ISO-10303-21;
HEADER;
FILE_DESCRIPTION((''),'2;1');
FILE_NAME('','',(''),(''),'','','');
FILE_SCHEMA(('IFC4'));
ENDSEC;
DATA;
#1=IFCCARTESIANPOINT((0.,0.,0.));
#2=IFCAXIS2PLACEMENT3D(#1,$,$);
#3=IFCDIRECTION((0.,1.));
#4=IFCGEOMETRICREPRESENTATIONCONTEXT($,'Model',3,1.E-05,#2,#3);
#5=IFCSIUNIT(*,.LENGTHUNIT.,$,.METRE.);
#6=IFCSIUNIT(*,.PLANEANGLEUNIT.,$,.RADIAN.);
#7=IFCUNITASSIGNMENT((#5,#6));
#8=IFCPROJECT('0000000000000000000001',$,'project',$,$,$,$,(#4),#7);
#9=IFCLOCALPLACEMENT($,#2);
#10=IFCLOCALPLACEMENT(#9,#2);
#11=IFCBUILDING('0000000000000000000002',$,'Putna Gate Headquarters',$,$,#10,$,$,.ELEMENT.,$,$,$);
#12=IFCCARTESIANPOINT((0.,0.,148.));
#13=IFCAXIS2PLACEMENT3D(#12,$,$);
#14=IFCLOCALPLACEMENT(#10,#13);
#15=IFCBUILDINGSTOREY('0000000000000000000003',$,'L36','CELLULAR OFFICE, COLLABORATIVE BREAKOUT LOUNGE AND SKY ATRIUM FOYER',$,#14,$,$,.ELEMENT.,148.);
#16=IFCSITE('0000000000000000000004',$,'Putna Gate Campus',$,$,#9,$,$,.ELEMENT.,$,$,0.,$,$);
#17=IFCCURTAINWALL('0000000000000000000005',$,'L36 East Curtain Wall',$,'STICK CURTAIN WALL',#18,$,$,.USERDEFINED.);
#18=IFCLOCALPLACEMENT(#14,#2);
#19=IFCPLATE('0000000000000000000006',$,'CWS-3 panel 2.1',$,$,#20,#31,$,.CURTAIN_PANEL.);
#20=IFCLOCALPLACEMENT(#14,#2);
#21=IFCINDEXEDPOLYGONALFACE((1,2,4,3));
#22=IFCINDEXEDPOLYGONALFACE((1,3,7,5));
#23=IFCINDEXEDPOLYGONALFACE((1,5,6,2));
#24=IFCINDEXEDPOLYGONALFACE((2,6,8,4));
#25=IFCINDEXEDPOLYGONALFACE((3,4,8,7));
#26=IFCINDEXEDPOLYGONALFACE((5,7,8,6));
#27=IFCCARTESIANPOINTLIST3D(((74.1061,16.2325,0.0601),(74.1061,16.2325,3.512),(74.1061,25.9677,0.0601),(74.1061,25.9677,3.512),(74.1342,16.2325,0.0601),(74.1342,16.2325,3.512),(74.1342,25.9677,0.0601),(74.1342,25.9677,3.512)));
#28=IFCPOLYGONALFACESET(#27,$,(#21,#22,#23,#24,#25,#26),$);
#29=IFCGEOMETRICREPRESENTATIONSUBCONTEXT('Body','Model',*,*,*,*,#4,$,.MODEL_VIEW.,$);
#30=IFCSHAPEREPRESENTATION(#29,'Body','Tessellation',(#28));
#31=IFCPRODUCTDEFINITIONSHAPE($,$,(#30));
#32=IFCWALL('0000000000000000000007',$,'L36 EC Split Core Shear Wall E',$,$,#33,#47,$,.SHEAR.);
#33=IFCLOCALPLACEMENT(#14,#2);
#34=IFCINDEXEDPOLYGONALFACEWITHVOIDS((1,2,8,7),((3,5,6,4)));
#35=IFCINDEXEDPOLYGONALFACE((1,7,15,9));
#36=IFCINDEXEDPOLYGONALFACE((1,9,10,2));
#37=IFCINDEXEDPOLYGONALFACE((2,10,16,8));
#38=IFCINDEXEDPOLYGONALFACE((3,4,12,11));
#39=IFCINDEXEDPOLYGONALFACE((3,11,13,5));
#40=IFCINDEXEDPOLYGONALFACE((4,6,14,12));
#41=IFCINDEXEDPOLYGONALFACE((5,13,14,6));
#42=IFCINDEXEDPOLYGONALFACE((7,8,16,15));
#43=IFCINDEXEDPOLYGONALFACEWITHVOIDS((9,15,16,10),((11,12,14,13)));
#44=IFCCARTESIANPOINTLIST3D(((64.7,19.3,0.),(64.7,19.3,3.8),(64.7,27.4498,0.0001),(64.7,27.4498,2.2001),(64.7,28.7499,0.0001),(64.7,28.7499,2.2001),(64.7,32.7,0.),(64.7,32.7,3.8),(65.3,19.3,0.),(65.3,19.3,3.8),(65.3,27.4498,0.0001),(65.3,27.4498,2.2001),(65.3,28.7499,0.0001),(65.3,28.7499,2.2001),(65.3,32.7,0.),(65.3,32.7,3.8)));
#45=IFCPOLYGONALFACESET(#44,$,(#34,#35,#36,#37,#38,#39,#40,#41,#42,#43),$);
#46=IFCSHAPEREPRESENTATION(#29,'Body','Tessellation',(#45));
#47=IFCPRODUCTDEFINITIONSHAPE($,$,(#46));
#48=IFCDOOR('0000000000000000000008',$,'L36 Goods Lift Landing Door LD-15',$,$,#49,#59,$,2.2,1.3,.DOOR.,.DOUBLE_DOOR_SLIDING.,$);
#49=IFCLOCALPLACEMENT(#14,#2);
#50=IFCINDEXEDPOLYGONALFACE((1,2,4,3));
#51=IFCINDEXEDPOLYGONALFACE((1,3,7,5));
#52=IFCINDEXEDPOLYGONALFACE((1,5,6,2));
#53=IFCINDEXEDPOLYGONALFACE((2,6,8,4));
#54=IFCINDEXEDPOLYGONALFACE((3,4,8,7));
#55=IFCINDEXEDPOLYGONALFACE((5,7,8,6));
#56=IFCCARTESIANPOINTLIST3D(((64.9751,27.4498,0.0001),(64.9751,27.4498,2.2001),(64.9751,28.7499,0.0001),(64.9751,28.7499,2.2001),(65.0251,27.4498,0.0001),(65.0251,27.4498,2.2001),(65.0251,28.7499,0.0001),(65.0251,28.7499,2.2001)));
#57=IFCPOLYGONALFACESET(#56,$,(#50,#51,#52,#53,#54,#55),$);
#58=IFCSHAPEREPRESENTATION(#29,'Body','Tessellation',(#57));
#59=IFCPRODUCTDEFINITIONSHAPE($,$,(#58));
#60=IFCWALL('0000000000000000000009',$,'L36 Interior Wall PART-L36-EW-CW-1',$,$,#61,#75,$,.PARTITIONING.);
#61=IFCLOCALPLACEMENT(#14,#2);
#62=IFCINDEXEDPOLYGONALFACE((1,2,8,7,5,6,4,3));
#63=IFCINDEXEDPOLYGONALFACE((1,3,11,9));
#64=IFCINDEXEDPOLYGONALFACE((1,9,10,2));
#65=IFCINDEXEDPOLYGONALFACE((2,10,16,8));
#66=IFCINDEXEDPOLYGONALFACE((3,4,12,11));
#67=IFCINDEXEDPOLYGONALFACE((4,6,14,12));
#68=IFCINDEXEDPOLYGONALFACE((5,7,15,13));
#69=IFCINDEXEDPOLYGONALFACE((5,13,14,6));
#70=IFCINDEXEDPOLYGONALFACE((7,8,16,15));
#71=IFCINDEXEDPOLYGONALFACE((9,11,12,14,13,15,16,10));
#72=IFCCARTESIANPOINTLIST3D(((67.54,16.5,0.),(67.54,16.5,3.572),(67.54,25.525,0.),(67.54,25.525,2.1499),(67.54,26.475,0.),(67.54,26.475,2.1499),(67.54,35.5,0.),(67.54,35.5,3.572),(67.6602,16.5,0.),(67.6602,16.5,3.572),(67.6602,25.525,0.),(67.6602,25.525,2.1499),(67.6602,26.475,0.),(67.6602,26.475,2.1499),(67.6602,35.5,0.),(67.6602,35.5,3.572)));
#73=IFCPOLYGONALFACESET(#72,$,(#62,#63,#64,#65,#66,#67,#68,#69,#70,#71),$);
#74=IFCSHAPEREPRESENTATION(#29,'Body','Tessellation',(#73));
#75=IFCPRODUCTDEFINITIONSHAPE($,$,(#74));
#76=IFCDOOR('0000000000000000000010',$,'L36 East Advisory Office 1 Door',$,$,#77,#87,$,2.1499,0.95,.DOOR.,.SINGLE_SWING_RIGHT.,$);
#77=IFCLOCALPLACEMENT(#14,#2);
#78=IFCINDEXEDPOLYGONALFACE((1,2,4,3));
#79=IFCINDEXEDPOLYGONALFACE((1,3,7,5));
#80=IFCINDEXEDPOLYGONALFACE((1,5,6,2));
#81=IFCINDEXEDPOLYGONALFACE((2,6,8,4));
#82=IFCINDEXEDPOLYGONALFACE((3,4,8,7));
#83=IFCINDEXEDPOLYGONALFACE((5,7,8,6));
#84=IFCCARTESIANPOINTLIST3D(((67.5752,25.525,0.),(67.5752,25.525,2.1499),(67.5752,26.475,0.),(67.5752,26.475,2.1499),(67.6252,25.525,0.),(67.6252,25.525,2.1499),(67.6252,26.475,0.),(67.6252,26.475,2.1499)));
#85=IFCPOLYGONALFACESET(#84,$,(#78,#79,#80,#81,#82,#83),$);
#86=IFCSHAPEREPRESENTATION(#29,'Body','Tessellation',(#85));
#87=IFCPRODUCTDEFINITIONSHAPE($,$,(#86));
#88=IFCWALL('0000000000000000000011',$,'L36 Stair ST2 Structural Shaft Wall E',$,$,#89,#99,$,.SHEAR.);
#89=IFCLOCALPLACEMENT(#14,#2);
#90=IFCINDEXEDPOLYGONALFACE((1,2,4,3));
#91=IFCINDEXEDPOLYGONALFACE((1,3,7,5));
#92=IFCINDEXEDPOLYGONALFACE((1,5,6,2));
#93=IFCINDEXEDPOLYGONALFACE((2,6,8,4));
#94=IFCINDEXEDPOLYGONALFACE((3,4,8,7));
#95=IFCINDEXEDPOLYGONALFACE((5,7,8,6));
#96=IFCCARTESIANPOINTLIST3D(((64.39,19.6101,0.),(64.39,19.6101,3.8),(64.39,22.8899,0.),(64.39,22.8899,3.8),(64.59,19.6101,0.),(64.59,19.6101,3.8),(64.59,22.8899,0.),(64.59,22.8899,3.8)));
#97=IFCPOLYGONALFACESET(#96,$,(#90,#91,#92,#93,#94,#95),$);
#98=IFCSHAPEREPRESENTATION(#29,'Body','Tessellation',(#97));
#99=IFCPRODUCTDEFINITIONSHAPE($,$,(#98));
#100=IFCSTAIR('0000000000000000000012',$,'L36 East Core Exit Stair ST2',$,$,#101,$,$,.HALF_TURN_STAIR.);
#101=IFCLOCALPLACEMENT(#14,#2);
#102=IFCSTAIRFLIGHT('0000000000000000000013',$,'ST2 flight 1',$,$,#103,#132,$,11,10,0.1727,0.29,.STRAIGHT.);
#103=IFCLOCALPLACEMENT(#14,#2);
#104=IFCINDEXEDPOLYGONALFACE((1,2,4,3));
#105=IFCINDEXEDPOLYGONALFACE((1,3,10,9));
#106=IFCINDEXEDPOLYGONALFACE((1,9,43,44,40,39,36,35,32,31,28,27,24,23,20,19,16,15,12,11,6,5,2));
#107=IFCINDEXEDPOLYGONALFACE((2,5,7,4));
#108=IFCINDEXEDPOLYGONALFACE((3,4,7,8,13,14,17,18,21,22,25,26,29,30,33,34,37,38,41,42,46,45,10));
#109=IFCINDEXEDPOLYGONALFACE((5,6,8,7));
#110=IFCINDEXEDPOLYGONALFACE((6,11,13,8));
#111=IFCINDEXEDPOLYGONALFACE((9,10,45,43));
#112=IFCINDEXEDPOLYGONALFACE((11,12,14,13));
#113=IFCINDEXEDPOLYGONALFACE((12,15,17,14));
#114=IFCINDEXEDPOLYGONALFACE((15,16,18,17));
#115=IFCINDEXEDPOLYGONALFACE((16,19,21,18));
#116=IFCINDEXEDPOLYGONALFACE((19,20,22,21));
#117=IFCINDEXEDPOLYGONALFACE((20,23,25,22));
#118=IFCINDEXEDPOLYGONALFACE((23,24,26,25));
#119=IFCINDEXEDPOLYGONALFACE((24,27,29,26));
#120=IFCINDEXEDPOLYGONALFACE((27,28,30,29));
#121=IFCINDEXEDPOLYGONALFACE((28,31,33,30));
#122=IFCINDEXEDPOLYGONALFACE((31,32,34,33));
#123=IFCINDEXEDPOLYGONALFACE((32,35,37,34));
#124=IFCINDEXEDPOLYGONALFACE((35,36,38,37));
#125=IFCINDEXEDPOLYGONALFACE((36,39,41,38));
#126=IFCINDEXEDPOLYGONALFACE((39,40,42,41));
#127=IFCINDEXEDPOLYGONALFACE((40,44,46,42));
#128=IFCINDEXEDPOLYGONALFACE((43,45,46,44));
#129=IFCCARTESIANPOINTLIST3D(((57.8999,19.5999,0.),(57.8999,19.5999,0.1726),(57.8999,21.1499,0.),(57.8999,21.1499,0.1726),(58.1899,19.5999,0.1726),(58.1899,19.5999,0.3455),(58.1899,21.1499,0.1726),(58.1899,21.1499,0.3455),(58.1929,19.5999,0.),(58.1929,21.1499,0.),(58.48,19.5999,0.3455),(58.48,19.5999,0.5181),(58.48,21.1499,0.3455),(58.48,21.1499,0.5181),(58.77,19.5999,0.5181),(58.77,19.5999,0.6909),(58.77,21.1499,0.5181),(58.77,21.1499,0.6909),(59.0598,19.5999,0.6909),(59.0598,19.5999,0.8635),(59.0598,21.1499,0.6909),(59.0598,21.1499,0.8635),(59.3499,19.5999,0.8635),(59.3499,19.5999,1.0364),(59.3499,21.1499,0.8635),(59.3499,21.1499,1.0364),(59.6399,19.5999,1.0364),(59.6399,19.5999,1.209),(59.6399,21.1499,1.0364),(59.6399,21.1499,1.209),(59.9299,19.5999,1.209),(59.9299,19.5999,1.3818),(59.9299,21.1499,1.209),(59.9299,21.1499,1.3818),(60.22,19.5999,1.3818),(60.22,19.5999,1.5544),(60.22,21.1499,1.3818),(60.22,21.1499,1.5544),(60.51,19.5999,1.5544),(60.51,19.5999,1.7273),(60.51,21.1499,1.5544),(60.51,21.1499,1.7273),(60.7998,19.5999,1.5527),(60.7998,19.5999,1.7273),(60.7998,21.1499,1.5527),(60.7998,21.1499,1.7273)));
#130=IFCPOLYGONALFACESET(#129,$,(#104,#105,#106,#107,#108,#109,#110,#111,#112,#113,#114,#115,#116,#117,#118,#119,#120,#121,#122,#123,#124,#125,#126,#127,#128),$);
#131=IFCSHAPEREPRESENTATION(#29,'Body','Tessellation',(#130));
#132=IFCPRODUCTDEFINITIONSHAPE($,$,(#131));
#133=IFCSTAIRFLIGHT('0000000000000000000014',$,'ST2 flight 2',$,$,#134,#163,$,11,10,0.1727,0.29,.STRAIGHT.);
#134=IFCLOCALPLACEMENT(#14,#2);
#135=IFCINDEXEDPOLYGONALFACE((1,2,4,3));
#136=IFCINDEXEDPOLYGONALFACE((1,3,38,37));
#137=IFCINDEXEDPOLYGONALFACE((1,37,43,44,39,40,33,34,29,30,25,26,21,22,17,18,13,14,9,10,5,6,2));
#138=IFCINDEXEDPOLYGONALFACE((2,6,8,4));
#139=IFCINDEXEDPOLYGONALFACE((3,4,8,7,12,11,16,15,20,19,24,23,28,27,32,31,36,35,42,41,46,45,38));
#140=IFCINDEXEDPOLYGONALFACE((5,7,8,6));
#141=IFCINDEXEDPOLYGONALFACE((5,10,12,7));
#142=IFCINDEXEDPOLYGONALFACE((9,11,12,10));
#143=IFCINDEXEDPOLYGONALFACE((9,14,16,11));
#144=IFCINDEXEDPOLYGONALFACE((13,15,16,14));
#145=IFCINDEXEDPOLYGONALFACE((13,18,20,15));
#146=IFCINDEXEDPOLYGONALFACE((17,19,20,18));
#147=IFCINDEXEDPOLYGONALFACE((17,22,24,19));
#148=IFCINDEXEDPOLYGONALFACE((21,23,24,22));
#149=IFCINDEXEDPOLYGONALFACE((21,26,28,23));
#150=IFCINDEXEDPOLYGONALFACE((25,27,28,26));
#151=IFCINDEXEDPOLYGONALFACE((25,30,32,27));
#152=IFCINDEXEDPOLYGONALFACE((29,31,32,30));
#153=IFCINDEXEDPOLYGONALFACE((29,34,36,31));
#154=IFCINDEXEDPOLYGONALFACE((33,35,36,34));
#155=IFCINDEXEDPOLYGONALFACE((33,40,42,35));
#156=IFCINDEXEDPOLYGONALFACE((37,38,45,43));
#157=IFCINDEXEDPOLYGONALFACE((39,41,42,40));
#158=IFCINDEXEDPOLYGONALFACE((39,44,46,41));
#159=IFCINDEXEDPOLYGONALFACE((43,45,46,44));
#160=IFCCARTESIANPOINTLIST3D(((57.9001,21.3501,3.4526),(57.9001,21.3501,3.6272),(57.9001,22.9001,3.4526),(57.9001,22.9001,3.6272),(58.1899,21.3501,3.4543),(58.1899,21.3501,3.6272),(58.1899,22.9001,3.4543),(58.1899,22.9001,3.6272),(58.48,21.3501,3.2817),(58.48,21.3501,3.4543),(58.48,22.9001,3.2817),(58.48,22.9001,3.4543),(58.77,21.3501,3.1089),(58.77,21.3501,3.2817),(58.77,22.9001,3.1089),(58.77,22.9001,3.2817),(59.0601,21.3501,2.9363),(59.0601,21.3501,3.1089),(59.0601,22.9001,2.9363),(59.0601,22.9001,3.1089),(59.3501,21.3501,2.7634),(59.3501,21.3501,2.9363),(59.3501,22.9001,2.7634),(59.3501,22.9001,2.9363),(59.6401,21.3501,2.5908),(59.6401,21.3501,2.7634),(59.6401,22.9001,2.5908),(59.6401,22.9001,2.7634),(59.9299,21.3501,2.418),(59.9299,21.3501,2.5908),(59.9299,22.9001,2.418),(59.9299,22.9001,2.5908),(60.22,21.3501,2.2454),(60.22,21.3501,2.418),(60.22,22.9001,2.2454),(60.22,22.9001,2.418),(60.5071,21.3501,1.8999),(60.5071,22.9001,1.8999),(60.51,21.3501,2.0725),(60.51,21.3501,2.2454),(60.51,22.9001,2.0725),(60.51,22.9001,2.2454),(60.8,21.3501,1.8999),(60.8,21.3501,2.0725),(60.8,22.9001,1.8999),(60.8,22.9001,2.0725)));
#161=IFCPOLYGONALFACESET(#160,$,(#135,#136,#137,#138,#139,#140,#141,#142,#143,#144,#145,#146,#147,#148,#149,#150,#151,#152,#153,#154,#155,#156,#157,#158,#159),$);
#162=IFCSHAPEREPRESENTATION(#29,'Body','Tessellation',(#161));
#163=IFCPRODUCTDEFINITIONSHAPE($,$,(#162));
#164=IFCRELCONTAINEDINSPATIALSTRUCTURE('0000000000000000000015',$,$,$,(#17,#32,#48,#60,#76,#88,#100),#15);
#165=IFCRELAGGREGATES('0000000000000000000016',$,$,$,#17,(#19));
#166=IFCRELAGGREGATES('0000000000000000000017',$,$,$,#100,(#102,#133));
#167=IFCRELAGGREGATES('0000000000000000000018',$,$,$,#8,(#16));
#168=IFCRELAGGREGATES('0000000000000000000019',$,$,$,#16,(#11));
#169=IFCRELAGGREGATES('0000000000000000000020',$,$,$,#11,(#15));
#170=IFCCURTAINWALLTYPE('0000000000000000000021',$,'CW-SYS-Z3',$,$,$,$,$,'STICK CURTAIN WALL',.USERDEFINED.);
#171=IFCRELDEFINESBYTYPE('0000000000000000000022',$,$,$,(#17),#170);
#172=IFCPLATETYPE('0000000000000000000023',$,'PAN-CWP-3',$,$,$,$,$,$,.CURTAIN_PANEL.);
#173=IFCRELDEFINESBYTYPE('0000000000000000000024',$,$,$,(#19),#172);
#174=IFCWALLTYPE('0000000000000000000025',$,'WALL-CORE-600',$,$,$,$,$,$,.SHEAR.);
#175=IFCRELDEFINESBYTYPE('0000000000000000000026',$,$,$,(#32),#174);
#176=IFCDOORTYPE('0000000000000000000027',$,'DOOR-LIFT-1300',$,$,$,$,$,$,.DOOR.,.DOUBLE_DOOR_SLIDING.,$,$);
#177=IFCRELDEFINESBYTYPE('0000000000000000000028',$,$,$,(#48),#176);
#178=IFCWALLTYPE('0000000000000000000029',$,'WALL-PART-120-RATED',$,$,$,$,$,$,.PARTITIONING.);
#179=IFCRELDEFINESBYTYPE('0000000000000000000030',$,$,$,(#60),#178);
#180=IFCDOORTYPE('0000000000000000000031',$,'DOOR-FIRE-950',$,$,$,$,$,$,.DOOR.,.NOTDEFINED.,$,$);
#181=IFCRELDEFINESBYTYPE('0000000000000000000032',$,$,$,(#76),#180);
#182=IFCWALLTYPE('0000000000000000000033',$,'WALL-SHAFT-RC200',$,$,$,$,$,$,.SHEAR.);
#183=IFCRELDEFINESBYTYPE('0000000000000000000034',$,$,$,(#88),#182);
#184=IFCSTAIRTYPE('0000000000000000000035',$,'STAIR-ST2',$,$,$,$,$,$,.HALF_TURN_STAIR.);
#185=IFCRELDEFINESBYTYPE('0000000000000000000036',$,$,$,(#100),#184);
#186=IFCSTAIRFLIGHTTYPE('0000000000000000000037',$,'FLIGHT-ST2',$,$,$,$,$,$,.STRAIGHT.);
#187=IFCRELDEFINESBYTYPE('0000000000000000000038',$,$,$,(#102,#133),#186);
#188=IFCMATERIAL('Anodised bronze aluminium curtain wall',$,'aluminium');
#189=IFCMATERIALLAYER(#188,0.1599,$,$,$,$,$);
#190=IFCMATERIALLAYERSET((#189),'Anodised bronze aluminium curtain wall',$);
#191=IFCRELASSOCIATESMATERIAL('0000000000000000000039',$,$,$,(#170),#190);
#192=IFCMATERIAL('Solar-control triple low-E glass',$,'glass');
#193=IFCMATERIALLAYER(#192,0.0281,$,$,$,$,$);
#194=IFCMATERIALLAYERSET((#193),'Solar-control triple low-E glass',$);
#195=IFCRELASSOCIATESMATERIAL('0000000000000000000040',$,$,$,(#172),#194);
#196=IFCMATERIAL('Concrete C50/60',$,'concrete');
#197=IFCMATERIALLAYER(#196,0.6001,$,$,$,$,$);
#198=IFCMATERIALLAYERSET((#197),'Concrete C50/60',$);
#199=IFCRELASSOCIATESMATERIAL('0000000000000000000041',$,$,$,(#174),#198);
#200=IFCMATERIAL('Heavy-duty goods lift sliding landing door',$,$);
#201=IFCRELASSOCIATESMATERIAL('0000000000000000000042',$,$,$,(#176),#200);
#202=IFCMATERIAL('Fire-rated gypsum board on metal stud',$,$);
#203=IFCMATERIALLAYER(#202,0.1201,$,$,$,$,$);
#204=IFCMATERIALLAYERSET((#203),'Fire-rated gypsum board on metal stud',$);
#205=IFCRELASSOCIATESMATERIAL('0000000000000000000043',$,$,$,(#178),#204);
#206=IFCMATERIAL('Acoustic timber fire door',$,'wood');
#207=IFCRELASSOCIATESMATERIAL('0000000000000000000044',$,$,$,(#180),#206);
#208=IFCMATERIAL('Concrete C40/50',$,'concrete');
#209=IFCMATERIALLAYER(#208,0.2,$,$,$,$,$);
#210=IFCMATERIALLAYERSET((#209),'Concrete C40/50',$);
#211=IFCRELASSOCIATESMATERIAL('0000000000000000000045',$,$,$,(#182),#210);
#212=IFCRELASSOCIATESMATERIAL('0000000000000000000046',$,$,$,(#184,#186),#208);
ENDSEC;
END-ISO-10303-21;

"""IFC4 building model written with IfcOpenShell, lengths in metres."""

from ifc_helpers import new_model, si_unit, direction, frame, frame_2d, origin, origin_2d, place, context, subcontext, project, spatial, polyline, rectangle, outline, extrude, material, layer, layer_set, type_object, element, fill, aggregate, save


model = new_model("IFC4")

# Units and contexts
model_context = context("Model", 3, precision=1e-05, world=origin(), true_north=direction((0.0, 1.0)))
body_context = subcontext(model_context, "Body", "Model", "MODEL_VIEW")
ifc_project = project(units=[si_unit("LENGTHUNIT", "METRE"), si_unit("PLANEANGLEUNIT", "RADIAN")], contexts=[model_context])

# Site, building, storey
site_placement = place(None, origin())
site = spatial("IfcSite", under=ifc_project, at=site_placement, Name="Putna Gate Campus", CompositionType="ELEMENT", RefElevation=0.0)
building_placement = place(site_placement, origin())
building = spatial("IfcBuilding", under=site, at=building_placement, Name="Putna Gate Headquarters", CompositionType="ELEMENT")
storey_placement = place(building_placement, frame((0.0, 0.0, 148.0)))
storey = spatial("IfcBuildingStorey", under=building, at=storey_placement, Name="L36", Description="CELLULAR OFFICE, COLLABORATIVE BREAKOUT LOUNGE AND SKY ATRIUM FOYER", CompositionType="ELEMENT", Elevation=148.0)

# Shared definitions
ifc_material_1 = material(Name="Concrete C50/60", Category="concrete")

# Curtain wall, plate
ifc_material_2 = material(Name="Anodised bronze aluminium curtain wall", Category="aluminium")
ifc_layer_1 = layer(ifc_material_2, 0.1599)
ifc_layer_set_1 = layer_set([ifc_layer_1], Name="Anodised bronze aluminium curtain wall")
curtain_wall_type = type_object("IfcCurtainWallType", Name="CW-SYS-Z3", ElementType="STICK CURTAIN WALL", PredefinedType="USERDEFINED", material=ifc_layer_set_1)
curtain_wall_placement = place(storey_placement, origin())
curtain_wall = element("IfcCurtainWall", 1, at=curtain_wall_placement, inside=storey, type_object=curtain_wall_type, Name="L36 East Curtain Wall", ObjectType="STICK CURTAIN WALL", PredefinedType="USERDEFINED")
ifc_material_3 = material(Name="Solar-control triple low-E glass", Category="glass")
ifc_layer_2 = layer(ifc_material_3, 0.0281)
ifc_layer_set_2 = layer_set([ifc_layer_2], Name="Solar-control triple low-E glass")
plate_type = type_object("IfcPlateType", Name="PAN-CWP-3", PredefinedType="CURTAIN_PANEL", material=ifc_layer_set_2)
plate_placement = place(storey_placement, frame((74.1201, 21.1001, 0.0601), z_axis=(0.0, 0.0, 1.0), x_axis=(0.0, 1.0, 0.0)))
plate = element("IfcPlate", 2, at=plate_placement, type_object=plate_type, Name="CWS-3 panel 2.1", PredefinedType="CURTAIN_PANEL", context=body_context, shape_type="SweptSolid", body=[
    extrude(rectangle(XDim=9.7351, YDim=0.0281, at=origin_2d()), origin(), (0.0, 0.0, 1.0), 3.4519),
])
aggregate(curtain_wall, [plate])

# Walls, openings, doors
ifc_layer_3 = layer(ifc_material_1, 0.6001)
ifc_layer_set_3 = layer_set([ifc_layer_3], Name="Concrete C50/60")
wall_type_1 = type_object("IfcWallType", Name="WALL-CORE-600", PredefinedType="SHEAR", material=ifc_layer_set_3)
wall_1_placement = place(storey_placement, frame((65.0, 19.3, 0.0), z_axis=(0.0, 0.0, 1.0), x_axis=(0.0, 1.0, 0.0)))
wall_1 = element("IfcWall", 3, at=wall_1_placement, inside=storey, type_object=wall_type_1, Name="L36 EC Split Core Shear Wall E", PredefinedType="SHEAR", context=body_context, shape_type="SweptSolid", body=[
    extrude(rectangle(XDim=13.3999, YDim=0.6001, at=frame_2d((6.7, 0.0))), origin(), (0.0, 0.0, 1.0), 3.8),
])
opening_1_placement = place(wall_1_placement, frame((8.1499, 0.0, 0.0)))
opening_1 = element("IfcOpeningElement", 4, at=opening_1_placement, cuts=wall_1, PredefinedType="OPENING", context=body_context, shape_type="SweptSolid", body=[
    extrude(rectangle(XDim=1.3, YDim=2.2, at=frame_2d((0.6499, 1.1001))), frame((0.0, 0.3101, 0.0), z_axis=(0.0, -1.0, 0.0), x_axis=(1.0, 0.0, 0.0)), (0.0, 0.0, 1.0), 0.6201),
])
ifc_material_4 = material(Name="Heavy-duty goods lift sliding landing door")
door_type_1 = type_object("IfcDoorType", Name="DOOR-LIFT-1300", OperationType="DOUBLE_DOOR_SLIDING", PredefinedType="DOOR", material=ifc_material_4)
door_1_placement = place(opening_1_placement, origin())
door_1 = element("IfcDoor", 5, at=door_1_placement, inside=storey, type_object=door_type_1, Name="L36 Goods Lift Landing Door LD-15", OperationType="DOUBLE_DOOR_SLIDING", OverallHeight=2.2, OverallWidth=1.3, PredefinedType="DOOR", context=body_context, shape_type="SweptSolid", body=[
    extrude(rectangle(XDim=1.3, YDim=2.2, at=frame_2d((0.6499, 1.1001))), frame((0.0, 0.0249, 0.0), z_axis=(0.0, -1.0, 0.0), x_axis=(1.0, 0.0, 0.0)), (0.0, 0.0, 1.0), 0.05),
])
fill(opening_1, door_1)
ifc_material_5 = material(Name="Fire-rated gypsum board on metal stud")
ifc_layer_4 = layer(ifc_material_5, 0.1201)
ifc_layer_set_4 = layer_set([ifc_layer_4], Name="Fire-rated gypsum board on metal stud")
wall_type_2 = type_object("IfcWallType", Name="WALL-PART-120-RATED", PredefinedType="PARTITIONING", material=ifc_layer_set_4)
wall_2_placement = place(storey_placement, frame((67.6001, 16.5, 0.0), z_axis=(0.0, 0.0, 1.0), x_axis=(0.0, 1.0, 0.0)))
wall_2 = element("IfcWall", 6, at=wall_2_placement, inside=storey, type_object=wall_type_2, Name="L36 Interior Wall PART-L36-EW-CW-1", PredefinedType="PARTITIONING", context=body_context, shape_type="SweptSolid", body=[
    extrude(rectangle(XDim=19.0, YDim=0.1201, at=frame_2d((9.5, 0.0))), origin(), (0.0, 0.0, 1.0), 3.572),
])
opening_2_placement = place(wall_2_placement, frame((9.0249, 0.0, 0.0)))
opening_2 = element("IfcOpeningElement", 7, at=opening_2_placement, cuts=wall_2, PredefinedType="OPENING", context=body_context, shape_type="SweptSolid", body=[
    extrude(rectangle(XDim=0.95, YDim=2.1499, at=frame_2d((0.4751, 1.075))), frame((0.0, 0.0701, 0.0), z_axis=(0.0, -1.0, 0.0), x_axis=(1.0, 0.0, 0.0)), (0.0, 0.0, 1.0), 0.1401),
])
ifc_material_6 = material(Name="Acoustic timber fire door", Category="wood")
door_type_2 = type_object("IfcDoorType", Name="DOOR-FIRE-950", OperationType="NOTDEFINED", PredefinedType="DOOR", material=ifc_material_6)
door_2_placement = place(opening_2_placement, origin())
door_2 = element("IfcDoor", 8, at=door_2_placement, inside=storey, type_object=door_type_2, Name="L36 East Advisory Office 1 Door", OperationType="SINGLE_SWING_RIGHT", OverallHeight=2.1499, OverallWidth=0.95, PredefinedType="DOOR", context=body_context, shape_type="SweptSolid", body=[
    extrude(rectangle(XDim=0.95, YDim=2.1499, at=frame_2d((0.4751, 1.075))), frame((0.0, 0.0249, 0.0), z_axis=(0.0, -1.0, 0.0), x_axis=(1.0, 0.0, 0.0)), (0.0, 0.0, 1.0), 0.05),
])
fill(opening_2, door_2)

# Wall
ifc_material_7 = material(Name="Concrete C40/50", Category="concrete")
ifc_layer_5 = layer(ifc_material_7, 0.2)
ifc_layer_set_5 = layer_set([ifc_layer_5], Name="Concrete C40/50")
wall_type_3 = type_object("IfcWallType", Name="WALL-SHAFT-RC200", PredefinedType="SHEAR", material=ifc_layer_set_5)
wall_3_placement = place(storey_placement, frame((64.49, 19.6101, 0.0), z_axis=(0.0, 0.0, 1.0), x_axis=(0.0, 1.0, 0.0)))
element("IfcWall", 9, at=wall_3_placement, inside=storey, type_object=wall_type_3, Name="L36 Stair ST2 Structural Shaft Wall E", PredefinedType="SHEAR", context=body_context, shape_type="SweptSolid", body=[
    extrude(rectangle(XDim=3.2798, YDim=0.2, at=frame_2d((1.6399, 0.0))), origin(), (0.0, 0.0, 1.0), 3.8),
])

# Stair, stair flights
stair_type = type_object("IfcStairType", Name="STAIR-ST2", PredefinedType="HALF_TURN_STAIR", material=ifc_material_7)
stair_placement = place(storey_placement, origin())
stair = element("IfcStair", 10, at=stair_placement, inside=storey, type_object=stair_type, Name="L36 East Core Exit Stair ST2", PredefinedType="HALF_TURN_STAIR")
stair_flight_type = type_object("IfcStairFlightType", Name="FLIGHT-ST2", PredefinedType="STRAIGHT", material=ifc_material_7)
stair_flight_1_placement = place(storey_placement, frame((57.8999, 20.375, 0.0), z_axis=(0.0, 0.0, 1.0), x_axis=(1.0, 0.0, 0.0)))
stair_flight_1 = element("IfcStairFlight", 11, at=stair_flight_1_placement, type_object=stair_flight_type, Name="ST2 flight 1", NumberOfRisers=11, NumberOfTreads=10, PredefinedType="STRAIGHT", RiserHeight=0.1727, TreadLength=0.29, context=body_context, shape_type="SweptSolid", body=[
    extrude(outline(polyline([(0.0, 0.0), (0.0, 0.1726), (0.29, 0.1726), (0.29, 0.3455), (0.5801, 0.3455), (0.5801, 0.5181), (0.8701, 0.5181), (0.8701, 0.6909), (1.1599, 0.6909), (1.1599, 0.8635), (1.45, 0.8635), (1.45, 1.0364), (1.74, 1.0364), (1.74, 1.209), (2.03, 1.209), (2.03, 1.3818), (2.3201, 1.3818), (2.3201, 1.5544), (2.6101, 1.5544), (2.6101, 1.7273), (2.8999, 1.7273), (2.8999, 1.8999), (2.8999, 1.5527), (0.293, 0.0), (0.0, 0.0)])), frame((0.0, 0.7749, 0.0), z_axis=(0.0, -1.0, 0.0), x_axis=(1.0, 0.0, 0.0)), (0.0, 0.0, 1.0), 1.55),
])
stair_flight_2_placement = place(storey_placement, frame((60.8, 22.125, 1.8999), z_axis=(0.0, 0.0, 1.0), x_axis=(-1.0, 0.0, 0.0)))
stair_flight_2 = element("IfcStairFlight", 12, at=stair_flight_2_placement, type_object=stair_flight_type, Name="ST2 flight 2", NumberOfRisers=11, NumberOfTreads=10, PredefinedType="STRAIGHT", RiserHeight=0.1727, TreadLength=0.29, context=body_context, shape_type="SweptSolid", body=[
    extrude(outline(polyline([(0.0, 0.0), (0.0, 0.1726), (0.29, 0.1726), (0.29, 0.3455), (0.5801, 0.3455), (0.5801, 0.5181), (0.8701, 0.5181), (0.8701, 0.6909), (1.1599, 0.6909), (1.1599, 0.8635), (1.45, 0.8635), (1.45, 1.0364), (1.74, 1.0364), (1.74, 1.209), (2.03, 1.209), (2.03, 1.3818), (2.3201, 1.3818), (2.3201, 1.5544), (2.6101, 1.5544), (2.6101, 1.7273), (2.8999, 1.7273), (2.8999, 1.8999), (2.8999, 1.5527), (0.293, 0.0), (0.0, 0.0)])), frame((0.0, 0.7749, 0.0), z_axis=(0.0, -1.0, 0.0), x_axis=(1.0, 0.0, 0.0)), (0.0, 0.0, 1.0), 1.55),
])
aggregate(stair, [stair_flight_1, stair_flight_2])

save(model, "model.ifc")
